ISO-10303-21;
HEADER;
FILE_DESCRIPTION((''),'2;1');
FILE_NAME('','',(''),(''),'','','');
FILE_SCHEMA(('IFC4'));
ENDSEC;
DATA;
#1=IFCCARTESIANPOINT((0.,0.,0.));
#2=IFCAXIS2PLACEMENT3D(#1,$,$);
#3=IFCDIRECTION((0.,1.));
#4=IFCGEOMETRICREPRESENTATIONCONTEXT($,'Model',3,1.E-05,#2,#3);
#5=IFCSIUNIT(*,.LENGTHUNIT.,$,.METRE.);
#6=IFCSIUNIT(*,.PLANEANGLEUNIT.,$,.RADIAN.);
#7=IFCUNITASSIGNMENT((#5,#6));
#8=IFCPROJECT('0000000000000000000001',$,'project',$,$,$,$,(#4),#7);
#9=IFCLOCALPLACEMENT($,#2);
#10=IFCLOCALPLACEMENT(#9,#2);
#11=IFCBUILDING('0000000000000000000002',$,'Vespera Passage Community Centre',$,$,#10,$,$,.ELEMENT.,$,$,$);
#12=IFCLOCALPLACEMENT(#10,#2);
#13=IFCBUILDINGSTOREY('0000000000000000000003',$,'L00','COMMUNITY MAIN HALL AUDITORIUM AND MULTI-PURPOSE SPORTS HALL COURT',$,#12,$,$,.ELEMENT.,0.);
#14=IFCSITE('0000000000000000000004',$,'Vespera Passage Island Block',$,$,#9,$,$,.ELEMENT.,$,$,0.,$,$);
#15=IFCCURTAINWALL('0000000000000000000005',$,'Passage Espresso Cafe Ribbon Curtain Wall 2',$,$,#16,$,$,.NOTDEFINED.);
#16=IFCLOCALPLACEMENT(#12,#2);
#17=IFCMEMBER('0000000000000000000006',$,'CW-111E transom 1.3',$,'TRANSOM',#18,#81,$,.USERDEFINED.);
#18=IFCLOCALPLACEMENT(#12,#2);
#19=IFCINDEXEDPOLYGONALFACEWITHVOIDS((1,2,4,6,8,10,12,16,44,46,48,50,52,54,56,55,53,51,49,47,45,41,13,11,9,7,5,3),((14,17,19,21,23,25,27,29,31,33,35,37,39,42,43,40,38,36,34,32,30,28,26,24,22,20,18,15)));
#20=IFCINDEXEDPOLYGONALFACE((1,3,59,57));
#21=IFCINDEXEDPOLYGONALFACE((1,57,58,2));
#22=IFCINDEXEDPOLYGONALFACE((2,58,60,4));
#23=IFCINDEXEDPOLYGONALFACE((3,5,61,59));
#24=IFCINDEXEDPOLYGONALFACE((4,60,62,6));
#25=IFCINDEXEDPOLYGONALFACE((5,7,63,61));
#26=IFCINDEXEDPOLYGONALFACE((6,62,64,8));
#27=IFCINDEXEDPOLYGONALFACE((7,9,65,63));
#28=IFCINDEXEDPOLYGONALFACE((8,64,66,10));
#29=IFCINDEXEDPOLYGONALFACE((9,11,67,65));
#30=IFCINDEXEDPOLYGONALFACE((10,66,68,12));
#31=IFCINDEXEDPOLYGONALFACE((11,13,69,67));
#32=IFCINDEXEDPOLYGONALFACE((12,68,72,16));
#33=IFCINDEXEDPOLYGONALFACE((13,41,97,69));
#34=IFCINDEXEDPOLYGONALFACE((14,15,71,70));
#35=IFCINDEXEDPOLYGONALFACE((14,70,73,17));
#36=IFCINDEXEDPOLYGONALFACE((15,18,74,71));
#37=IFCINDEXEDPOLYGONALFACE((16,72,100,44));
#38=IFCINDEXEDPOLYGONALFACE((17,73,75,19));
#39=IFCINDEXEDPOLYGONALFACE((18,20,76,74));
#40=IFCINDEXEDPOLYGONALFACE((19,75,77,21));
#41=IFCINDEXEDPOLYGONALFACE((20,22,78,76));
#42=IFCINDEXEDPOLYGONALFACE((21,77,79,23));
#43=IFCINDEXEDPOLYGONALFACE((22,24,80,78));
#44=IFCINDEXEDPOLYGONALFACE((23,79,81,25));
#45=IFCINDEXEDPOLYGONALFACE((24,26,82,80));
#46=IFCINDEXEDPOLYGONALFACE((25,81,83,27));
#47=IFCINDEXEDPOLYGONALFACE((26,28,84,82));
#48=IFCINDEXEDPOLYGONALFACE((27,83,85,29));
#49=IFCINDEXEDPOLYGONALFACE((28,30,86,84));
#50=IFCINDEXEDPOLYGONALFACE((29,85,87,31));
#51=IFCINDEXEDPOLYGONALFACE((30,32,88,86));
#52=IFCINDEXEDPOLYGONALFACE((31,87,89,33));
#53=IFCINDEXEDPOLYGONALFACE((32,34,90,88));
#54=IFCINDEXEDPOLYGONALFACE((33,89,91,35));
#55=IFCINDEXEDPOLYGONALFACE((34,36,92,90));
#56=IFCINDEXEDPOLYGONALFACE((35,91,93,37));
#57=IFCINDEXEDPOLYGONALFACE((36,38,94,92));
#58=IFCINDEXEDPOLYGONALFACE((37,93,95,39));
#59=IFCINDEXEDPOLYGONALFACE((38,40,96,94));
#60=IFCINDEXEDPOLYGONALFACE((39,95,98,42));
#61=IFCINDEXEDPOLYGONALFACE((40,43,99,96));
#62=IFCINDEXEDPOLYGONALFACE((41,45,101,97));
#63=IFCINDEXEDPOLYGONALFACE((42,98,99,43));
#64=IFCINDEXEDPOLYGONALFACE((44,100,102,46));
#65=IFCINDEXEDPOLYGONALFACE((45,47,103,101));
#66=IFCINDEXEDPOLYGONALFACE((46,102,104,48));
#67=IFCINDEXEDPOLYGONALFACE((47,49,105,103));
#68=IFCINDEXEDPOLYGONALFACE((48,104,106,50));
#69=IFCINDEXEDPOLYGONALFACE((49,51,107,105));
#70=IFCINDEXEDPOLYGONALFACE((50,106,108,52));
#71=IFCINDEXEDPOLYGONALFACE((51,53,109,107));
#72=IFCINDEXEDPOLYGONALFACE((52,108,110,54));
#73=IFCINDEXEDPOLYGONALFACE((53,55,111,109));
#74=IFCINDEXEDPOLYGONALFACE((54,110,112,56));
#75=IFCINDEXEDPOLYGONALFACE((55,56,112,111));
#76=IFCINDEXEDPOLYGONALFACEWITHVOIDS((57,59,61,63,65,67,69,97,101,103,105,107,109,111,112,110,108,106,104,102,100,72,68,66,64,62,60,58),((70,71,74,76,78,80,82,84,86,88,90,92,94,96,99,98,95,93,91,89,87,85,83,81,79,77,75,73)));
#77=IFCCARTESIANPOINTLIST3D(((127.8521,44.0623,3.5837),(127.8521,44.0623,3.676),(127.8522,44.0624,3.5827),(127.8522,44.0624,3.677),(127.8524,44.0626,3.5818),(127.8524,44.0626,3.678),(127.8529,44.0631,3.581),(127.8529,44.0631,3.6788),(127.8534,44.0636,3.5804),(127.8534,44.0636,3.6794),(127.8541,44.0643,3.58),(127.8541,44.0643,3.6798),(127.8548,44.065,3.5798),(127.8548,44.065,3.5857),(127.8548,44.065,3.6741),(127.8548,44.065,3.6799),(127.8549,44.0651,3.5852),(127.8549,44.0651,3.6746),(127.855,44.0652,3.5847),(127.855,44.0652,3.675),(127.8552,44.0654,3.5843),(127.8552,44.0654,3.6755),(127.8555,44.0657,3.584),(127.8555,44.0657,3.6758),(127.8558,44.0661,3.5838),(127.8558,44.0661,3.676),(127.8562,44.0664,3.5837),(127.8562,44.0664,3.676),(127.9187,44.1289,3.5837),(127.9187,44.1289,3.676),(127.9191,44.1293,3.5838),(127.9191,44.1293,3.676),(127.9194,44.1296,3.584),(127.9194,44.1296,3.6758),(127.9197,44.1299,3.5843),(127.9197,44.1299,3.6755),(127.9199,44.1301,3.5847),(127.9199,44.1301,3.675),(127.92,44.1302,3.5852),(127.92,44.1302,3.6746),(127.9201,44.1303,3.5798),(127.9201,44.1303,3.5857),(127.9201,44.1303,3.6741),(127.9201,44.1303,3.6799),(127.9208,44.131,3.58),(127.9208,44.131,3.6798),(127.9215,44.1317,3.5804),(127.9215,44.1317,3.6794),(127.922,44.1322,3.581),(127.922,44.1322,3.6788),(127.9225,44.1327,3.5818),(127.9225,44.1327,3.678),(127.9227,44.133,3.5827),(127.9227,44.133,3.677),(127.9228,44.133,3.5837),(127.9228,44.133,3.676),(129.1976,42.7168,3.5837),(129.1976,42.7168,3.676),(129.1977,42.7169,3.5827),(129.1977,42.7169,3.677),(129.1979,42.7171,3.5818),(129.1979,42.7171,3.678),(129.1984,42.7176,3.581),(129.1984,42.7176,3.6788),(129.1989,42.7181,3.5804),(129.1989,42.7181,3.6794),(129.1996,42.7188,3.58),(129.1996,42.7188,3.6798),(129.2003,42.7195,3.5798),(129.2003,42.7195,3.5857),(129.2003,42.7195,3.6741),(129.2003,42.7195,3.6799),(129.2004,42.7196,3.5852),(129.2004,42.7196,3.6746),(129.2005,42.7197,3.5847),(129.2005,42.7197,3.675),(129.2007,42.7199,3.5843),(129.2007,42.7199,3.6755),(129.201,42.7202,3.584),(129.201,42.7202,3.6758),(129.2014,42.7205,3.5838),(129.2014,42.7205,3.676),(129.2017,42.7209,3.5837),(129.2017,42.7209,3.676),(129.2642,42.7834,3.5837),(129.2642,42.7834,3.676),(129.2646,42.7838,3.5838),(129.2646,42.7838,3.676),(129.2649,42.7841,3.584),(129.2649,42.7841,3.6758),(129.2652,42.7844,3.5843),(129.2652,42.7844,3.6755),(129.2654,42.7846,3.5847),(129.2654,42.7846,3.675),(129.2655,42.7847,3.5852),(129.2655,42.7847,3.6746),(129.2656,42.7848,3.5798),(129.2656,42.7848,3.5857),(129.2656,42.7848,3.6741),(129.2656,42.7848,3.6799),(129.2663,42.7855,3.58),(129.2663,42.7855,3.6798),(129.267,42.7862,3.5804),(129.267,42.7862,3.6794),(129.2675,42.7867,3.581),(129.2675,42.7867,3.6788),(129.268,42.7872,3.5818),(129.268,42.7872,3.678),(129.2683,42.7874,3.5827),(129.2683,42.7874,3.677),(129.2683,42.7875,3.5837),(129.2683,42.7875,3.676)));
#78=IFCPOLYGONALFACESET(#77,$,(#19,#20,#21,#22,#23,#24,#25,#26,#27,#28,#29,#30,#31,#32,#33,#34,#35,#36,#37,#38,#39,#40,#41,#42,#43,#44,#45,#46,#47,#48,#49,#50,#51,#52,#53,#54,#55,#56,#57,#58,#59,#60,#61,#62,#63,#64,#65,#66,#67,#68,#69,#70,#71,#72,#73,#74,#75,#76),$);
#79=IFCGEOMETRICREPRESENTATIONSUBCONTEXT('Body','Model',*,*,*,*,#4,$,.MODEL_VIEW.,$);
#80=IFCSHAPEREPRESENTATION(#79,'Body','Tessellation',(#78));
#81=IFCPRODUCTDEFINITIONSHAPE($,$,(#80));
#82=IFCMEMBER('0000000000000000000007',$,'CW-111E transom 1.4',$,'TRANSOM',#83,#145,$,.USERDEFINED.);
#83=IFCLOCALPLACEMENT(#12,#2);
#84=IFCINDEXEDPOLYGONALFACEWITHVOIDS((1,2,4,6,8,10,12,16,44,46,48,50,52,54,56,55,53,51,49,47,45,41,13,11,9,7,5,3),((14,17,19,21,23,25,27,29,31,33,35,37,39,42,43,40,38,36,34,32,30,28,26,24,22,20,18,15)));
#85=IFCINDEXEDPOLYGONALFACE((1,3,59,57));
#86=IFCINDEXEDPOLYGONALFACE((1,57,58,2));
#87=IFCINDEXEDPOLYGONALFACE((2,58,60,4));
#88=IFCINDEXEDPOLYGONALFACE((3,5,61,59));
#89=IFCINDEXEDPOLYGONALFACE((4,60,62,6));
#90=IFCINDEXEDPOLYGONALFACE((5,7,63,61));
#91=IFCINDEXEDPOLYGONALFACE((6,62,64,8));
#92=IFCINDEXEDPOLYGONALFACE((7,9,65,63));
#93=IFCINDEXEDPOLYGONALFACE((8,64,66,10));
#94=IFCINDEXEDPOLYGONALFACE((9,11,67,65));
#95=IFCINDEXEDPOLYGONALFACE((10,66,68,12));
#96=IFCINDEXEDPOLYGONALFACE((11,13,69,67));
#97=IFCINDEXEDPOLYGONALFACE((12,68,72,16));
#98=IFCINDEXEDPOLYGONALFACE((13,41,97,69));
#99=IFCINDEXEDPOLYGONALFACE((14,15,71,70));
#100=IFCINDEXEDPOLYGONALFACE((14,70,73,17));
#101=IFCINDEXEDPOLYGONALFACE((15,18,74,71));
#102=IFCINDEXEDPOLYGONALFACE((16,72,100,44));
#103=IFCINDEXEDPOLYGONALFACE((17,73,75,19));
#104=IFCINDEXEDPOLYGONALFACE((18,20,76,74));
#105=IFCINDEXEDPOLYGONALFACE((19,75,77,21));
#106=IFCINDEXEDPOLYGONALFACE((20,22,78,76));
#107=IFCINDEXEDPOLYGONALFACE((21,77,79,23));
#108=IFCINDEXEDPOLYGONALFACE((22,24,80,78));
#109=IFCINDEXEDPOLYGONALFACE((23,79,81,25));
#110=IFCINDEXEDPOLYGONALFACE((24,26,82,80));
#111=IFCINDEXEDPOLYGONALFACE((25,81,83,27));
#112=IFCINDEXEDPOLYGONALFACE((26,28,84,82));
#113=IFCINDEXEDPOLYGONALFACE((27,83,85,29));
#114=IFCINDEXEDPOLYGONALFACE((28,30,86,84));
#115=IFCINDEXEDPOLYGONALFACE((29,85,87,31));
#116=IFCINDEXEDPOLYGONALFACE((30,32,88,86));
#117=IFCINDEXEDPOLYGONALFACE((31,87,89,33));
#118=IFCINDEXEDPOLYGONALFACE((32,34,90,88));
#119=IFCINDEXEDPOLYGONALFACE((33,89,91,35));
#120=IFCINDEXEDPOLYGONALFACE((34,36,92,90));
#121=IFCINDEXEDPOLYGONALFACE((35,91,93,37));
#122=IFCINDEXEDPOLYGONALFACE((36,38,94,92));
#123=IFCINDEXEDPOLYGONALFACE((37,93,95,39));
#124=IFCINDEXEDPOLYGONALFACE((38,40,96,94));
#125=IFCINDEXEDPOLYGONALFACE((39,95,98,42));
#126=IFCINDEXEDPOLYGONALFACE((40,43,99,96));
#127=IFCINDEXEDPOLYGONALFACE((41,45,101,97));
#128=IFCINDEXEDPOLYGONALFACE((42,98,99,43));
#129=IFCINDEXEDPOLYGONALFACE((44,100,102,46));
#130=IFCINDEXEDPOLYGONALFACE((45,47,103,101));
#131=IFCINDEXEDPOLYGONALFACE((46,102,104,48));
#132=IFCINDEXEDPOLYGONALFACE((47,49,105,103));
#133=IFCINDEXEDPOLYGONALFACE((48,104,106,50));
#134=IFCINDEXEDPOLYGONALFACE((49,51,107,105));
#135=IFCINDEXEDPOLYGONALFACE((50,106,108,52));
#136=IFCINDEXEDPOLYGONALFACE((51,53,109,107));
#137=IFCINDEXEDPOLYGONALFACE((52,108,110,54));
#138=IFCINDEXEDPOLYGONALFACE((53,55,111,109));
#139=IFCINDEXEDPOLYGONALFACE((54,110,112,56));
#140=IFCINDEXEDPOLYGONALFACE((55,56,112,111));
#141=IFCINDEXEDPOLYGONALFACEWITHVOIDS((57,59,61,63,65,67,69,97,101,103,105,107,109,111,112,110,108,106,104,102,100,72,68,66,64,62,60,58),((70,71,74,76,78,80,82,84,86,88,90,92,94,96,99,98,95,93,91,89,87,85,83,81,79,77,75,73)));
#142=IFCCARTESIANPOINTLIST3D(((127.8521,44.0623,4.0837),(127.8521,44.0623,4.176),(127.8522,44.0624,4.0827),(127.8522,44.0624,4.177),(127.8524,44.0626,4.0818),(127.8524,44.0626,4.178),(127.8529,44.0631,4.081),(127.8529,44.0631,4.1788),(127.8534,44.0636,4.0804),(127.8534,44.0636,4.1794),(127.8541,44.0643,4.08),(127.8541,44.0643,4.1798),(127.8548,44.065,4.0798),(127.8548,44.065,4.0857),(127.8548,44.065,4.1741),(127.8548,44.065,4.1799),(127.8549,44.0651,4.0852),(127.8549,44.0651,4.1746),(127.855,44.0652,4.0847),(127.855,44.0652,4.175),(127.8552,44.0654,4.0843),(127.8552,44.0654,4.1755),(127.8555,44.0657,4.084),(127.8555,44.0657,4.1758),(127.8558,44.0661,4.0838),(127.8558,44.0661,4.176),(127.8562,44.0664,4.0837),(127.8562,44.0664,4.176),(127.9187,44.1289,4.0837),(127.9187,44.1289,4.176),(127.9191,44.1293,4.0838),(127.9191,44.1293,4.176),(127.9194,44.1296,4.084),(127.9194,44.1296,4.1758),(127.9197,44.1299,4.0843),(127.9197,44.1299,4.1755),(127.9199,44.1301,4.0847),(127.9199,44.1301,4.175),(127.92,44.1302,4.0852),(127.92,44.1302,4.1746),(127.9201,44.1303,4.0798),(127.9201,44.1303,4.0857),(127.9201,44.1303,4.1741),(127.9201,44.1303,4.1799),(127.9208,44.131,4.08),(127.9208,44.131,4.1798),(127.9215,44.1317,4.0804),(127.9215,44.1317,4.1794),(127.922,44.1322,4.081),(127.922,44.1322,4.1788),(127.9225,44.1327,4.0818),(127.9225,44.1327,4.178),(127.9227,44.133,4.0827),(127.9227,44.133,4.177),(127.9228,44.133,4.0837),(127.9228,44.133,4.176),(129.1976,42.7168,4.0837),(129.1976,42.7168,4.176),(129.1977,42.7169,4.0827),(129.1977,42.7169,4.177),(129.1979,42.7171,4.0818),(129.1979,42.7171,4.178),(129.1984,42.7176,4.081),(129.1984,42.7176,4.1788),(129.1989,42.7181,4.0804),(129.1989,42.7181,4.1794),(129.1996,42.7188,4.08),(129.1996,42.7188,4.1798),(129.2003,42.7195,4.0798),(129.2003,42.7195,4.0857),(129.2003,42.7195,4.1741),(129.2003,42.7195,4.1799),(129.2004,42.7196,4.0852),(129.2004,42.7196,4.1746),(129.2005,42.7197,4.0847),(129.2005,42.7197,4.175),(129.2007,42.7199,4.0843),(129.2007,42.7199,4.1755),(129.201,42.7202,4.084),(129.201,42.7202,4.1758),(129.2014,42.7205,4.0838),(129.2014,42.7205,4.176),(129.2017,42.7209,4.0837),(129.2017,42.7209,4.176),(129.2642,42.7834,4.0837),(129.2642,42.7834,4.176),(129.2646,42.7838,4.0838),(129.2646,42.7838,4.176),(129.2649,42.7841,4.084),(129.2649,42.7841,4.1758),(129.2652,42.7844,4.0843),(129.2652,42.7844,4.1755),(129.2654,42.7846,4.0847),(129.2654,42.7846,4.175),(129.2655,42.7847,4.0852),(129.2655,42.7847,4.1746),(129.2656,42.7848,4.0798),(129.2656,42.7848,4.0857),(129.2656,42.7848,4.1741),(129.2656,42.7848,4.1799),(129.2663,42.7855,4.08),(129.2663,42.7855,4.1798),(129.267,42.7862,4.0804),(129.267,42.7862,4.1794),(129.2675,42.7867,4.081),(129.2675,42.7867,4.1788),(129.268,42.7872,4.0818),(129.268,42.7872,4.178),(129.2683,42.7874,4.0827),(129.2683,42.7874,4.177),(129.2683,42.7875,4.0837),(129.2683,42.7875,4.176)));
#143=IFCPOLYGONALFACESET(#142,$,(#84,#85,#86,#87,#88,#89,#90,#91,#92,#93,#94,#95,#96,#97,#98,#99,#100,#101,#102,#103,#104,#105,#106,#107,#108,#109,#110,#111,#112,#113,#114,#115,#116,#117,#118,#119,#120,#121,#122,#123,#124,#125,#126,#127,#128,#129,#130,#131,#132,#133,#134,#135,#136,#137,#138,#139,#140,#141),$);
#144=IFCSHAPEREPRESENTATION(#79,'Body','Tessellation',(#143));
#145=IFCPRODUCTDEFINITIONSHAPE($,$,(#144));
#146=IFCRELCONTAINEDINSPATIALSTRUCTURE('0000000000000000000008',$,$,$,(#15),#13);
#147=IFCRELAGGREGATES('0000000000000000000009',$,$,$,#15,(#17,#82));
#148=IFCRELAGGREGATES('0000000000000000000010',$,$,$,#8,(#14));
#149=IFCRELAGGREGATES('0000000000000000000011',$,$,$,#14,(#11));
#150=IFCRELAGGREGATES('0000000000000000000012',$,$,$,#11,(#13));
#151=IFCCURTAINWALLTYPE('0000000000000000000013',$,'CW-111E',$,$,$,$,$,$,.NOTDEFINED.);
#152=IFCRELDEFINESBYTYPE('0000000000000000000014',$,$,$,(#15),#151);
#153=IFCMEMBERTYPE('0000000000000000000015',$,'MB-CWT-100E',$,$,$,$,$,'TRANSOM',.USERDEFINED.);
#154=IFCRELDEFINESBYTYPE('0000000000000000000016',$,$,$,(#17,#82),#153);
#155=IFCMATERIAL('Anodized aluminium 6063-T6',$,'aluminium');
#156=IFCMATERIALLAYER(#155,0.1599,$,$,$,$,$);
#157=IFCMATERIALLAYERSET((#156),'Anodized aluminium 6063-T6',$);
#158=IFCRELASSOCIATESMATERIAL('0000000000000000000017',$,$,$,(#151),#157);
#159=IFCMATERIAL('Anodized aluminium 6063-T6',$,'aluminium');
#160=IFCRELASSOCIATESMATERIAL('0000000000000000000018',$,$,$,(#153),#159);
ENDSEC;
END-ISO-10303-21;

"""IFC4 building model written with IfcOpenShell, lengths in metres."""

from ifc_helpers import new_model, si_unit, direction, frame, origin, origin_2d, place, context, subcontext, project, spatial, hollow_rectangle, extrude, material, layer, layer_set, material_profile, profile_set, type_object, element, aggregate, save


model = new_model("IFC4")

# Units and contexts
model_context = context("Model", 3, precision=1e-05, world=origin(), true_north=direction((0.0, 1.0)))
body_context = subcontext(model_context, "Body", "Model", "MODEL_VIEW")
ifc_project = project(units=[si_unit("LENGTHUNIT", "METRE"), si_unit("PLANEANGLEUNIT", "RADIAN")], contexts=[model_context])

# Site, building, storey
site_placement = place(None, origin())
site = spatial("IfcSite", under=ifc_project, at=site_placement, Name="Vespera Passage Island Block", CompositionType="ELEMENT", RefElevation=0.0)
building_placement = place(site_placement, origin())
building = spatial("IfcBuilding", under=site, at=building_placement, Name="Vespera Passage Community Centre", CompositionType="ELEMENT")
storey_placement = place(building_placement, origin())
storey = spatial("IfcBuildingStorey", under=building, at=storey_placement, Name="L00", Description="COMMUNITY MAIN HALL AUDITORIUM AND MULTI-PURPOSE SPORTS HALL COURT", CompositionType="ELEMENT", Elevation=0.0)

# Curtain wall
ifc_material_1 = material(Name="Anodized aluminium 6063-T6", Category="aluminium")
ifc_layer_1 = layer(ifc_material_1, 0.1599)
ifc_layer_set_1 = layer_set([ifc_layer_1], Name="Anodized aluminium 6063-T6")
curtain_wall_type_1 = type_object("IfcCurtainWallType", Name="CW-111E", PredefinedType="NOTDEFINED", material=ifc_layer_set_1)
curtain_wall_1_placement = place(storey_placement, origin())
curtain_wall_1 = element("IfcCurtainWall", 1, at=curtain_wall_1_placement, inside=storey, type_object=curtain_wall_type_1, Name="Passage Espresso Cafe Ribbon Curtain Wall 2", PredefinedType="NOTDEFINED")

# Members
ifc_material_2 = material(Name="Anodized aluminium 6063-T6", Category="aluminium")
ifc_material_profile_1 = material_profile(ifc_material_2, hollow_rectangle(XDim=0.1001, YDim=0.1001, WallThickness=0.0039, InnerFilletRadius=0.002, OuterFilletRadius=0.0039, at=origin_2d()), Name="ALU100X100X4")
ifc_profile_set_1 = profile_set([ifc_material_profile_1], Name="Anodized aluminium 6063-T6")
member_type_1 = type_object("IfcMemberType", Name="MB-CWT-100E", ElementType="TRANSOM", PredefinedType="USERDEFINED", material=ifc_profile_set_1)
member_1_placement = place(storey_placement, frame((127.8875, 44.0977, 3.6299), z_axis=(0.707107, -0.707107, 0.0), x_axis=(0.707107, 0.707107, 0.0)))
member_1 = element("IfcMember", 2, at=member_1_placement, type_object=member_type_1, Name="CW-111E transom 1.3", ObjectType="TRANSOM", PredefinedType="USERDEFINED", context=body_context, shape_type="SweptSolid", body=[
    extrude(hollow_rectangle(XDim=0.1001, YDim=0.1001, WallThickness=0.0039, InnerFilletRadius=0.002, OuterFilletRadius=0.0039, at=origin_2d()), origin(), (0.0, 0.0, 1.0), 1.9028),
])
member_2_placement = place(storey_placement, frame((127.8875, 44.0977, 4.1299), z_axis=(0.707107, -0.707107, 0.0), x_axis=(0.707107, 0.707107, 0.0)))
member_2 = element("IfcMember", 3, at=member_2_placement, type_object=member_type_1, Name="CW-111E transom 1.4", ObjectType="TRANSOM", PredefinedType="USERDEFINED", context=body_context, shape_type="SweptSolid", body=[
    extrude(hollow_rectangle(XDim=0.1001, YDim=0.1001, WallThickness=0.0039, InnerFilletRadius=0.002, OuterFilletRadius=0.0039, at=origin_2d()), origin(), (0.0, 0.0, 1.0), 1.9028),
])

aggregate(curtain_wall_1, [member_1, member_2])

save(model, "model.ifc")
